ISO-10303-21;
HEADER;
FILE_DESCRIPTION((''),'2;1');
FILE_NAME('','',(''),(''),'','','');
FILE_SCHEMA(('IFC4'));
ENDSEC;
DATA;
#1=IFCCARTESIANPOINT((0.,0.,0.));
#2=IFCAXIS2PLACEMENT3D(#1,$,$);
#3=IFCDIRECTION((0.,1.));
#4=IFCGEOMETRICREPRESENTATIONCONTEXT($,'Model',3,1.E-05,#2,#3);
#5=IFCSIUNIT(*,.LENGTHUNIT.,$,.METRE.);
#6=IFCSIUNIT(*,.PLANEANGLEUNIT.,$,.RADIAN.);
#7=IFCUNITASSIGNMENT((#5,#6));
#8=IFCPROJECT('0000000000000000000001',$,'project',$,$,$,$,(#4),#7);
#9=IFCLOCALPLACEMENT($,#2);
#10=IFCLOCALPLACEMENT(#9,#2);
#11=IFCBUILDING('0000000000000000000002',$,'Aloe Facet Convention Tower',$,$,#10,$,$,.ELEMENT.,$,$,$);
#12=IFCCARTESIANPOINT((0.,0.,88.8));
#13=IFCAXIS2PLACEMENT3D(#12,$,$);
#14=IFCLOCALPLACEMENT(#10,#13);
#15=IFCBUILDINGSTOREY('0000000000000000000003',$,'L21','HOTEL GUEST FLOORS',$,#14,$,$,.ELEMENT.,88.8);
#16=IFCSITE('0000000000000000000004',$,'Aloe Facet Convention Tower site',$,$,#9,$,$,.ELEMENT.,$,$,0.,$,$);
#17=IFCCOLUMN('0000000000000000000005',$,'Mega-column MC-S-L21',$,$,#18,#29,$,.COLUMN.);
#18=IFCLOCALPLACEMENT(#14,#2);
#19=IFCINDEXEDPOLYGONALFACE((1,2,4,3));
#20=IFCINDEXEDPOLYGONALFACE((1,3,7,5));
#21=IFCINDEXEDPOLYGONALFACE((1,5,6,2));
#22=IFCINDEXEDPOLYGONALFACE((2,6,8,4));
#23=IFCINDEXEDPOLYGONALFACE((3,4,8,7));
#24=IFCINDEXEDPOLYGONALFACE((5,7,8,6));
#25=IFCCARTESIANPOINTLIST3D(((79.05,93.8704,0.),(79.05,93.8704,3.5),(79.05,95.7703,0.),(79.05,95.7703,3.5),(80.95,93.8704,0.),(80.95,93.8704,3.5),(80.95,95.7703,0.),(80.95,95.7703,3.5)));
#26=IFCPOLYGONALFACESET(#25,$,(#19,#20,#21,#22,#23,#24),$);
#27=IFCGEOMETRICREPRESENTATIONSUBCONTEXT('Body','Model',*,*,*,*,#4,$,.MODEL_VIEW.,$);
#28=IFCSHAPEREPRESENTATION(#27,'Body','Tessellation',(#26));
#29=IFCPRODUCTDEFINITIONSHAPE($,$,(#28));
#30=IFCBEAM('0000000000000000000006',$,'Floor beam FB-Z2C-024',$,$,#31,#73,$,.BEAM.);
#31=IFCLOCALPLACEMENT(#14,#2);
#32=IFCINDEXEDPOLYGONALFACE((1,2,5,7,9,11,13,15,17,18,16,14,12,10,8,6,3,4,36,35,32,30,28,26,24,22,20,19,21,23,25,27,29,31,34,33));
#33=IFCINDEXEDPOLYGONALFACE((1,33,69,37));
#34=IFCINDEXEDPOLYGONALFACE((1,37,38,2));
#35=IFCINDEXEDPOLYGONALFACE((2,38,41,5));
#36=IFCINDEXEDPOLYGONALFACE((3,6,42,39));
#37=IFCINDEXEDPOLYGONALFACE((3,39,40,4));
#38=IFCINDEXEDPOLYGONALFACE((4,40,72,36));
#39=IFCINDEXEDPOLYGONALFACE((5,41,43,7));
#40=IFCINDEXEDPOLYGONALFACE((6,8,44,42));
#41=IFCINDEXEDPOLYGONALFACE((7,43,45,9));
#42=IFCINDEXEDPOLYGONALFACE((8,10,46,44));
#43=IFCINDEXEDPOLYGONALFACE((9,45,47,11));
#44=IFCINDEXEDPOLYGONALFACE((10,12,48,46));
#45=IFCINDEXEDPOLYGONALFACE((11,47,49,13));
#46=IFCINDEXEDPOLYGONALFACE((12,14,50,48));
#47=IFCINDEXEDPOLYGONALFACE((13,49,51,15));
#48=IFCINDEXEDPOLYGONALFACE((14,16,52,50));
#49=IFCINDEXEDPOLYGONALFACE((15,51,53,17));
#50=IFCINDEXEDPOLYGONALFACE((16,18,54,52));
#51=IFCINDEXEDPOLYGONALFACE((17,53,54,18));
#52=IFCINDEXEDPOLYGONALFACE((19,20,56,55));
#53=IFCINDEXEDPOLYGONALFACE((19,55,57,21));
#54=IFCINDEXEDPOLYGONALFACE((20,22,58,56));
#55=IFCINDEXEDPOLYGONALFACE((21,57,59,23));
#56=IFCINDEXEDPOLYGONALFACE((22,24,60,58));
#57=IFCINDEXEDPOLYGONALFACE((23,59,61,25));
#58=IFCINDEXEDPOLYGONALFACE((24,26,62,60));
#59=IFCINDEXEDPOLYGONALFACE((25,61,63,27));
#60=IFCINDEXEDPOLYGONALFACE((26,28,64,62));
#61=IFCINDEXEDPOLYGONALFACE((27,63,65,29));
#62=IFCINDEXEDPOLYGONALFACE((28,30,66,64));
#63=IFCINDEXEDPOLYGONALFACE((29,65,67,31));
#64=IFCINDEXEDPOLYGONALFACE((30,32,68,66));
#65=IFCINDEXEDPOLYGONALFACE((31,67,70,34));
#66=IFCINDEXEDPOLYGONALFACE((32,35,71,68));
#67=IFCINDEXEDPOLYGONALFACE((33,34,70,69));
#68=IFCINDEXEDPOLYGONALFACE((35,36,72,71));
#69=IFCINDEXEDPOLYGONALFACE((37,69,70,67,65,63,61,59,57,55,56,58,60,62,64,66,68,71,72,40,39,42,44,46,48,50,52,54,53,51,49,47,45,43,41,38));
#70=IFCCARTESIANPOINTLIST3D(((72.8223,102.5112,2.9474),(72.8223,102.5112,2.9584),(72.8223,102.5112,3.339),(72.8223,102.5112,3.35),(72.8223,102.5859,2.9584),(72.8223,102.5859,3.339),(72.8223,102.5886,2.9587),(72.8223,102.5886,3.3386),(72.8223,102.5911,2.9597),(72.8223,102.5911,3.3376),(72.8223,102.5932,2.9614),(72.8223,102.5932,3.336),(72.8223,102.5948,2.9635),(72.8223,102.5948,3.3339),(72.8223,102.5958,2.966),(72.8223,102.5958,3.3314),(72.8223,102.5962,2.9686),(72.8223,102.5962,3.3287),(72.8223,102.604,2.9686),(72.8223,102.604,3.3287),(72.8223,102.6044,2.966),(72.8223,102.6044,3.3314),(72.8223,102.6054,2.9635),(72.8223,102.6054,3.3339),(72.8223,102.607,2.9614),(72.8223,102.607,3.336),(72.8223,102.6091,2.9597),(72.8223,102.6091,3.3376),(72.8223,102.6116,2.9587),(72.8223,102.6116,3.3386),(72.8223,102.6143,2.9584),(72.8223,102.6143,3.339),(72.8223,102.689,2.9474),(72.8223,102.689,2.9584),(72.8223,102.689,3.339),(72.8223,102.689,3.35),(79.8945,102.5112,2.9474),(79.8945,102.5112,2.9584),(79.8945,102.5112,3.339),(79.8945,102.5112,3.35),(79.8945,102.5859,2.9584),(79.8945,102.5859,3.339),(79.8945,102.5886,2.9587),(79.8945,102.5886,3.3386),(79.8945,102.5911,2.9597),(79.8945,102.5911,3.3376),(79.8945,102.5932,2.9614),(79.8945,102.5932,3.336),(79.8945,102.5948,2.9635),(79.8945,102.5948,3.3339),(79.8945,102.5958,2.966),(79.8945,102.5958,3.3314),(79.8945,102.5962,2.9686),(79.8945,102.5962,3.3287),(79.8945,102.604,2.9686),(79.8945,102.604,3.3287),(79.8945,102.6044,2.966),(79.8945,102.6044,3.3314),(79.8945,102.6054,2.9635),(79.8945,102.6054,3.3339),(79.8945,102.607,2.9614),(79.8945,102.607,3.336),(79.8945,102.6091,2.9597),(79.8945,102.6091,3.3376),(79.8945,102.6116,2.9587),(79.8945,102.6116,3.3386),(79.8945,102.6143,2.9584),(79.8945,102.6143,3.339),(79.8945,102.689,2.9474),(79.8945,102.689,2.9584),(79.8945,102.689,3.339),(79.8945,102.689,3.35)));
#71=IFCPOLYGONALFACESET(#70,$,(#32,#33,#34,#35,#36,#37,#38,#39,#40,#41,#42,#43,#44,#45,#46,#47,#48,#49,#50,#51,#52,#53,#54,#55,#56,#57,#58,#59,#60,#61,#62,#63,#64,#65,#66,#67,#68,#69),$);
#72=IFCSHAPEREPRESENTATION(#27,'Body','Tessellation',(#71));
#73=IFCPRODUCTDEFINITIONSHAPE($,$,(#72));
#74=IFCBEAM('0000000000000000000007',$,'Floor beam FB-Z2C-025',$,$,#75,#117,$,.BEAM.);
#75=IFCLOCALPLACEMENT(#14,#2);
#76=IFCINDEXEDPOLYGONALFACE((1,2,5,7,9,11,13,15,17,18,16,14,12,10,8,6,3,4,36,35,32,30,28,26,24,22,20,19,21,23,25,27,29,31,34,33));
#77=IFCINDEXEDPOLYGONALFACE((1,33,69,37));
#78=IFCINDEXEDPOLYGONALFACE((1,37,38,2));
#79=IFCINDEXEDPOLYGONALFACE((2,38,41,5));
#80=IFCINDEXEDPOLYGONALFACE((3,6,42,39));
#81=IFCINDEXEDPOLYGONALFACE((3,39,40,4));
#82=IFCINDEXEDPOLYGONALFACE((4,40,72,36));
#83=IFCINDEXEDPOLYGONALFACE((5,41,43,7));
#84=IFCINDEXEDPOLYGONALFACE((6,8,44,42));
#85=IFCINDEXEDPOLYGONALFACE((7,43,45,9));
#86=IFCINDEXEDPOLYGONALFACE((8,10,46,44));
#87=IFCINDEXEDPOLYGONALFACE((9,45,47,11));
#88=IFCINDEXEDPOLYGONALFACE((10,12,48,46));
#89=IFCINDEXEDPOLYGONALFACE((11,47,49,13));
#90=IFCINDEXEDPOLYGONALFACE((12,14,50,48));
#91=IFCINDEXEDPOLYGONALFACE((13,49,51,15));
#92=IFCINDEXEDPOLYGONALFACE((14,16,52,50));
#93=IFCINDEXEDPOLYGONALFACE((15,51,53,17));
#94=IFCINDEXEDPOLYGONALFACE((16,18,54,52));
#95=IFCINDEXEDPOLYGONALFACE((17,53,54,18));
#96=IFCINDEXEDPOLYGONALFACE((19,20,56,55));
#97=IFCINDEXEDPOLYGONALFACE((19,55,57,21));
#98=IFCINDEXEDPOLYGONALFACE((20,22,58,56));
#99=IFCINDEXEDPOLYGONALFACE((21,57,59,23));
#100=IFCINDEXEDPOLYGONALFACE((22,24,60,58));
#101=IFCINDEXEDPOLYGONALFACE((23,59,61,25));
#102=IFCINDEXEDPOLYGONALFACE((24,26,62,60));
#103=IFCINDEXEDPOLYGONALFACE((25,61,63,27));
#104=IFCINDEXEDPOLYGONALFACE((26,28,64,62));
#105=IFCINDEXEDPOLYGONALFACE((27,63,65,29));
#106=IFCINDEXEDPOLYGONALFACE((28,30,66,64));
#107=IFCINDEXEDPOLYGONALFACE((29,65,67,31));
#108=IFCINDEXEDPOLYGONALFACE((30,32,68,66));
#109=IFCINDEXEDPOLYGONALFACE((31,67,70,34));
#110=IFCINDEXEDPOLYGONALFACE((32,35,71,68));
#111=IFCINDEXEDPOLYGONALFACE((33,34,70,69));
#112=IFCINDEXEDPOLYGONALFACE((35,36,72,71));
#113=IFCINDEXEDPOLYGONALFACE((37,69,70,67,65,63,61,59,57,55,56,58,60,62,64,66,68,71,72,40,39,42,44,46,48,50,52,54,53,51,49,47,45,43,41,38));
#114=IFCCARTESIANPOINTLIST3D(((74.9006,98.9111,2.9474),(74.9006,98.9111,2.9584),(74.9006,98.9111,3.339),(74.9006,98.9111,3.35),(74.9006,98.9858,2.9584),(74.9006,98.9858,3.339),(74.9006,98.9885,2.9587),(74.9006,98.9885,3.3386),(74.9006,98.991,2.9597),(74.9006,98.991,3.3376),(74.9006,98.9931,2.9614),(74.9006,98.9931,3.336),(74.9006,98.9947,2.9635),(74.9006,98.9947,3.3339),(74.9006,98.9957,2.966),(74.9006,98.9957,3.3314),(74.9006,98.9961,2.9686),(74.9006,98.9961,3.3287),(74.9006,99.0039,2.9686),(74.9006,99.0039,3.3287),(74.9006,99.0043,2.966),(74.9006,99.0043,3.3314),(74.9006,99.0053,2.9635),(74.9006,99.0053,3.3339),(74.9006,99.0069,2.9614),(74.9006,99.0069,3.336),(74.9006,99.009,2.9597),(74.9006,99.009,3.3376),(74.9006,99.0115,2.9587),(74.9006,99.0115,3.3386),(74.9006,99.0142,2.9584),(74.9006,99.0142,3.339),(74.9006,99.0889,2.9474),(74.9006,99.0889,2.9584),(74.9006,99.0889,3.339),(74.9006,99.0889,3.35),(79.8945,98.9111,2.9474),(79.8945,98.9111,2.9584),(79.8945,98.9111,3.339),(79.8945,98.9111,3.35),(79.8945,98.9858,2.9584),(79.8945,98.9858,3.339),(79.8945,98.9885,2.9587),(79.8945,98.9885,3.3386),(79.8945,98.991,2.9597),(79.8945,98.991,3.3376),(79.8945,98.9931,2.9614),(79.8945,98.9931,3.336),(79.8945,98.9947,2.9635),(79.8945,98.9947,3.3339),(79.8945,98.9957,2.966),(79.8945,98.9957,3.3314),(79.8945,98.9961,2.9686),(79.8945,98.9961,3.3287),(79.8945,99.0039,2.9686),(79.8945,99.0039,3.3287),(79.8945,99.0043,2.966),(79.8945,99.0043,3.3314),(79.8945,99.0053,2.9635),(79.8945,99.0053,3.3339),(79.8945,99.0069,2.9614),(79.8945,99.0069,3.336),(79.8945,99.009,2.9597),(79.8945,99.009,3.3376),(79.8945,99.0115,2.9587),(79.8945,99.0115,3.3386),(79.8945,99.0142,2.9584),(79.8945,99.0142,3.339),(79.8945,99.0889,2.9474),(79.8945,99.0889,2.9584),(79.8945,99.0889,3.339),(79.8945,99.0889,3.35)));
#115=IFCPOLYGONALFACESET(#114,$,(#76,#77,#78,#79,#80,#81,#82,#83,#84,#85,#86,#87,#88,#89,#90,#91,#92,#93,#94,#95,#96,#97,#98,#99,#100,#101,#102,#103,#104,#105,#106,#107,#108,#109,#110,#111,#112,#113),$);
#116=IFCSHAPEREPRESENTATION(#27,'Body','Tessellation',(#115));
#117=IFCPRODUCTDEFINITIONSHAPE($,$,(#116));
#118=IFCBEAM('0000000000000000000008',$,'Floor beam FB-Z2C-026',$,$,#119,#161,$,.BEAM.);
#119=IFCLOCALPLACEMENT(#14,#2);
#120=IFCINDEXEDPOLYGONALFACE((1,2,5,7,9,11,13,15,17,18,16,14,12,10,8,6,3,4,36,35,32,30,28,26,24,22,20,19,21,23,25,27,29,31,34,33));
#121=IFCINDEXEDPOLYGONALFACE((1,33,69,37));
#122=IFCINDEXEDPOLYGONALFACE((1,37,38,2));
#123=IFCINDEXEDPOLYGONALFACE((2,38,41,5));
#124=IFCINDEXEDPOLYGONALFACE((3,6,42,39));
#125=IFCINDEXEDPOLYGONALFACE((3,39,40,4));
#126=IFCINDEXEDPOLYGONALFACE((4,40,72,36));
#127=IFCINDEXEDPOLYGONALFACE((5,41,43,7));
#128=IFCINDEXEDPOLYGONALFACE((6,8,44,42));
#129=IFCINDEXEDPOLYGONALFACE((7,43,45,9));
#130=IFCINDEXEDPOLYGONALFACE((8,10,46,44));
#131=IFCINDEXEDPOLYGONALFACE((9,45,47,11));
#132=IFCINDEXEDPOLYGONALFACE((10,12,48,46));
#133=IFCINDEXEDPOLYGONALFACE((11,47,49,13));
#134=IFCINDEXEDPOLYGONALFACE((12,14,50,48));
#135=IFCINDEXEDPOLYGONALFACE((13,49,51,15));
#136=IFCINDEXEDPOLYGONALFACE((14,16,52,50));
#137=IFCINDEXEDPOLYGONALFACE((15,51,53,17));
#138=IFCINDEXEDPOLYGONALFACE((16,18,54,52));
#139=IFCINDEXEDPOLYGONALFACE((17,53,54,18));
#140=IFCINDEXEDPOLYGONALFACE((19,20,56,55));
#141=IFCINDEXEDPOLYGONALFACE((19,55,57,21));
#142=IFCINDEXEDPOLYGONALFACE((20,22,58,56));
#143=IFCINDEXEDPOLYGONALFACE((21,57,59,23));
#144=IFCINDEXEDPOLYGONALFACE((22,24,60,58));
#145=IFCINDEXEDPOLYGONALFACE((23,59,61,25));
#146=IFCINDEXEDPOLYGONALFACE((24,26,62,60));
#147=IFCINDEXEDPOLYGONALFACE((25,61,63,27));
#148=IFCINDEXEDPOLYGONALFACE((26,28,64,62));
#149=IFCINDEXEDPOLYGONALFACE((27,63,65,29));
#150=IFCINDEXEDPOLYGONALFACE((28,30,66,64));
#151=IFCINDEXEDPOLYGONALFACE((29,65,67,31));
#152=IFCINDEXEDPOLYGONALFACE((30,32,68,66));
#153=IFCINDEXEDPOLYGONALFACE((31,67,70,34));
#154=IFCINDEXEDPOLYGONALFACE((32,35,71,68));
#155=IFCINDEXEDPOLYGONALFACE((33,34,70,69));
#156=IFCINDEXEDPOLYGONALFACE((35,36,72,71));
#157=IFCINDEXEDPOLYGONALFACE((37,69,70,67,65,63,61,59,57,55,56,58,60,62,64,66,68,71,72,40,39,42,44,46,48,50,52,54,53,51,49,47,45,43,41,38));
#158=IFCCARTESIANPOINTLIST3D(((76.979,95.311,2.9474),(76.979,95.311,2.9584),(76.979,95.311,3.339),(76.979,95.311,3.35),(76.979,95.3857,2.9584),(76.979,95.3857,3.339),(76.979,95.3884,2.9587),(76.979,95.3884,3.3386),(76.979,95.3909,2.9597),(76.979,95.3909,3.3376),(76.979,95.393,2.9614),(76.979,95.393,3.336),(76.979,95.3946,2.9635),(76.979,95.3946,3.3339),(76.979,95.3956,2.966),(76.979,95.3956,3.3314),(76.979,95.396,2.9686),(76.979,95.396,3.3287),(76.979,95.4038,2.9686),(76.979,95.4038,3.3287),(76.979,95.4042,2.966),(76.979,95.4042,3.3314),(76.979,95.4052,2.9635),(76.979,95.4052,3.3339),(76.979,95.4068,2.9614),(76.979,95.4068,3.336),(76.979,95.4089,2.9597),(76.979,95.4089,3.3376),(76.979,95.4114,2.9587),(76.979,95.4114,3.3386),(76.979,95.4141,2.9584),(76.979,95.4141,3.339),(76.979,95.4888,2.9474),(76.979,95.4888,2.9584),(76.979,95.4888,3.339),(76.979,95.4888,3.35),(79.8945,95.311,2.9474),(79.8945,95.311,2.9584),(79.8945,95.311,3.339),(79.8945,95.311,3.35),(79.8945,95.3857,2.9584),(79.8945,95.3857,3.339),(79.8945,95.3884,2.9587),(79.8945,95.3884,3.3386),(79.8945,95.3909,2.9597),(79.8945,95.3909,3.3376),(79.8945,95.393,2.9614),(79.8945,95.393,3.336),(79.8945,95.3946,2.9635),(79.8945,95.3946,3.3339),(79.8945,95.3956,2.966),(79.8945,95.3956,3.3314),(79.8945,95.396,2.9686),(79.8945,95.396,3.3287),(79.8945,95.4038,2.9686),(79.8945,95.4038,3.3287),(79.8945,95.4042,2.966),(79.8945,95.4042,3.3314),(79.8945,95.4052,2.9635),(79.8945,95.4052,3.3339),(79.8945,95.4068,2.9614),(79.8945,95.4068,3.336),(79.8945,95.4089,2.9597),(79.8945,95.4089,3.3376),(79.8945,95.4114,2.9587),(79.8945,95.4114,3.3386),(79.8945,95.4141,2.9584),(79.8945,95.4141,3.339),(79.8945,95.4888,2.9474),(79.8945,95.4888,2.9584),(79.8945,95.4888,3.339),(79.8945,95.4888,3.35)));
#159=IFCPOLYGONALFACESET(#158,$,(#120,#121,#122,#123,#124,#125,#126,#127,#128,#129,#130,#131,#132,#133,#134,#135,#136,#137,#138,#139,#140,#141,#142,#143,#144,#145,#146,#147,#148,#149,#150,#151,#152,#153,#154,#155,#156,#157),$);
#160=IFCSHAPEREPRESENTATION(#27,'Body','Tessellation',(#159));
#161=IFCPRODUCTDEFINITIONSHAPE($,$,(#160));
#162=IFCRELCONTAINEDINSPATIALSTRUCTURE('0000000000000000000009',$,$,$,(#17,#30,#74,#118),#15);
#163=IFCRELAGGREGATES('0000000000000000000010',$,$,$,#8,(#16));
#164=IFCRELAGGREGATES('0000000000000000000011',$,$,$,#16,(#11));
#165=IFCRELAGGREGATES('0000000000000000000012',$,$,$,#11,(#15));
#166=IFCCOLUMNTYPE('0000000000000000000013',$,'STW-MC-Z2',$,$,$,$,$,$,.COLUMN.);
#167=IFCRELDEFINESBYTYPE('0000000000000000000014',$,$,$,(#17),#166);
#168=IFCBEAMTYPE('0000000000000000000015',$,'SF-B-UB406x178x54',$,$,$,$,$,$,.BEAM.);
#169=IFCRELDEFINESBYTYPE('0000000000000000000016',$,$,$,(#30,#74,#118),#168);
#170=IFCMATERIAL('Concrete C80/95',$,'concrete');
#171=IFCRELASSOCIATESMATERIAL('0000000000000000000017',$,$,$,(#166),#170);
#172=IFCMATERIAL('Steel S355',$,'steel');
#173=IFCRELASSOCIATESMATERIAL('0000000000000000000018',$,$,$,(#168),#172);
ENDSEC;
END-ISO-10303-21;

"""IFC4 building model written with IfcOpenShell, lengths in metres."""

from ifc_helpers import new_model, si_unit, direction, frame, origin, origin_2d, place, context, subcontext, project, spatial, rectangle, i_section, extrude, material, material_profile, profile_set, type_object, element, save


model = new_model("IFC4")

# Units and contexts
model_context = context("Model", 3, precision=1e-05, world=origin(), true_north=direction((0.0, 1.0)))
body_context = subcontext(model_context, "Body", "Model", "MODEL_VIEW")
ifc_project = project(units=[si_unit("LENGTHUNIT", "METRE"), si_unit("PLANEANGLEUNIT", "RADIAN")], contexts=[model_context])

# Site, building, storey
site_placement = place(None, origin())
site = spatial("IfcSite", under=ifc_project, at=site_placement, Name="Aloe Facet Convention Tower site", CompositionType="ELEMENT", RefElevation=0.0)
building_placement = place(site_placement, origin())
building = spatial("IfcBuilding", under=site, at=building_placement, Name="Aloe Facet Convention Tower", CompositionType="ELEMENT")
storey_placement = place(building_placement, frame((0.0, 0.0, 88.8)))
storey = spatial("IfcBuildingStorey", under=building, at=storey_placement, Name="L21", Description="HOTEL GUEST FLOORS", CompositionType="ELEMENT", Elevation=88.8)

# Column
ifc_material_1 = material(Name="Concrete C80/95", Category="concrete")
ifc_material_profile_1 = material_profile(ifc_material_1, rectangle(XDim=1.8999, YDim=1.8999, at=origin_2d()), Name="STW-MC-Z2")
ifc_profile_set_1 = profile_set([ifc_material_profile_1], Name="Concrete C80/95")
column_type = type_object("IfcColumnType", Name="STW-MC-Z2", PredefinedType="COLUMN", material=ifc_profile_set_1)
column_placement = place(storey_placement, frame((80.0, 94.8203, 0.0), z_axis=(0.0, 0.0, 1.0), x_axis=(1.0, 0.0, 0.0)))
element("IfcColumn", 1, at=column_placement, inside=storey, type_object=column_type, Name="Mega-column MC-S-L21", PredefinedType="COLUMN", context=body_context, shape_type="SweptSolid", body=[
    extrude(rectangle(XDim=1.8999, YDim=1.8999, at=origin_2d()), origin(), (0.0, 0.0, 1.0), 3.5),
])

# Beams
ifc_material_2 = material(Name="Steel S355", Category="steel")
ifc_material_profile_2 = material_profile(ifc_material_2, i_section(OverallWidth=0.1777, OverallDepth=0.4026, WebThickness=0.0078, FlangeThickness=0.011, FilletRadius=0.0103, at=origin_2d()), Name="UB 406x178x54")
ifc_profile_set_2 = profile_set([ifc_material_profile_2], Name="Steel S355")
beam_type_1 = type_object("IfcBeamType", Name="SF-B-UB406x178x54", PredefinedType="BEAM", material=ifc_profile_set_2)
beam_1_placement = place(storey_placement, frame((72.8223, 102.6001, 3.1487), z_axis=(1.0, 0.0, 0.0), x_axis=(0.0, 1.0, 0.0)))
element("IfcBeam", 2, at=beam_1_placement, inside=storey, type_object=beam_type_1, Name="Floor beam FB-Z2C-024", PredefinedType="BEAM", context=body_context, shape_type="SweptSolid", body=[
    extrude(i_section(OverallWidth=0.1777, OverallDepth=0.4026, WebThickness=0.0078, FlangeThickness=0.011, FilletRadius=0.0103, at=origin_2d()), origin(), (0.0, 0.0, 1.0), 7.0723),
])
beam_2_placement = place(storey_placement, frame((74.9006, 99.0, 3.1487), z_axis=(1.0, 0.0, 0.0), x_axis=(0.0, 1.0, 0.0)))
element("IfcBeam", 3, at=beam_2_placement, inside=storey, type_object=beam_type_1, Name="Floor beam FB-Z2C-025", PredefinedType="BEAM", context=body_context, shape_type="SweptSolid", body=[
    extrude(i_section(OverallWidth=0.1777, OverallDepth=0.4026, WebThickness=0.0078, FlangeThickness=0.011, FilletRadius=0.0103, at=origin_2d()), origin(), (0.0, 0.0, 1.0), 4.9939),
])
for number, where, z_axis, x_axis, name in (
    (4, (76.979, 95.3999, 3.1487), (1.0, 0.0, 0.0), (0.0, 1.0, 0.0), "Floor beam FB-Z2C-026"),
):
    element("IfcBeam", number, at=place(storey_placement, frame(where, z_axis=z_axis, x_axis=x_axis)), inside=storey, type_object=beam_type_1, Name=name, PredefinedType="BEAM", context=body_context, shape_type="SweptSolid", body=[
        extrude(i_section(OverallWidth=0.1777, OverallDepth=0.4026, WebThickness=0.0078, FlangeThickness=0.011, FilletRadius=0.0103, at=origin_2d()), origin(), (0.0, 0.0, 1.0), 2.9155),
    ])

save(model, "model.ifc")
